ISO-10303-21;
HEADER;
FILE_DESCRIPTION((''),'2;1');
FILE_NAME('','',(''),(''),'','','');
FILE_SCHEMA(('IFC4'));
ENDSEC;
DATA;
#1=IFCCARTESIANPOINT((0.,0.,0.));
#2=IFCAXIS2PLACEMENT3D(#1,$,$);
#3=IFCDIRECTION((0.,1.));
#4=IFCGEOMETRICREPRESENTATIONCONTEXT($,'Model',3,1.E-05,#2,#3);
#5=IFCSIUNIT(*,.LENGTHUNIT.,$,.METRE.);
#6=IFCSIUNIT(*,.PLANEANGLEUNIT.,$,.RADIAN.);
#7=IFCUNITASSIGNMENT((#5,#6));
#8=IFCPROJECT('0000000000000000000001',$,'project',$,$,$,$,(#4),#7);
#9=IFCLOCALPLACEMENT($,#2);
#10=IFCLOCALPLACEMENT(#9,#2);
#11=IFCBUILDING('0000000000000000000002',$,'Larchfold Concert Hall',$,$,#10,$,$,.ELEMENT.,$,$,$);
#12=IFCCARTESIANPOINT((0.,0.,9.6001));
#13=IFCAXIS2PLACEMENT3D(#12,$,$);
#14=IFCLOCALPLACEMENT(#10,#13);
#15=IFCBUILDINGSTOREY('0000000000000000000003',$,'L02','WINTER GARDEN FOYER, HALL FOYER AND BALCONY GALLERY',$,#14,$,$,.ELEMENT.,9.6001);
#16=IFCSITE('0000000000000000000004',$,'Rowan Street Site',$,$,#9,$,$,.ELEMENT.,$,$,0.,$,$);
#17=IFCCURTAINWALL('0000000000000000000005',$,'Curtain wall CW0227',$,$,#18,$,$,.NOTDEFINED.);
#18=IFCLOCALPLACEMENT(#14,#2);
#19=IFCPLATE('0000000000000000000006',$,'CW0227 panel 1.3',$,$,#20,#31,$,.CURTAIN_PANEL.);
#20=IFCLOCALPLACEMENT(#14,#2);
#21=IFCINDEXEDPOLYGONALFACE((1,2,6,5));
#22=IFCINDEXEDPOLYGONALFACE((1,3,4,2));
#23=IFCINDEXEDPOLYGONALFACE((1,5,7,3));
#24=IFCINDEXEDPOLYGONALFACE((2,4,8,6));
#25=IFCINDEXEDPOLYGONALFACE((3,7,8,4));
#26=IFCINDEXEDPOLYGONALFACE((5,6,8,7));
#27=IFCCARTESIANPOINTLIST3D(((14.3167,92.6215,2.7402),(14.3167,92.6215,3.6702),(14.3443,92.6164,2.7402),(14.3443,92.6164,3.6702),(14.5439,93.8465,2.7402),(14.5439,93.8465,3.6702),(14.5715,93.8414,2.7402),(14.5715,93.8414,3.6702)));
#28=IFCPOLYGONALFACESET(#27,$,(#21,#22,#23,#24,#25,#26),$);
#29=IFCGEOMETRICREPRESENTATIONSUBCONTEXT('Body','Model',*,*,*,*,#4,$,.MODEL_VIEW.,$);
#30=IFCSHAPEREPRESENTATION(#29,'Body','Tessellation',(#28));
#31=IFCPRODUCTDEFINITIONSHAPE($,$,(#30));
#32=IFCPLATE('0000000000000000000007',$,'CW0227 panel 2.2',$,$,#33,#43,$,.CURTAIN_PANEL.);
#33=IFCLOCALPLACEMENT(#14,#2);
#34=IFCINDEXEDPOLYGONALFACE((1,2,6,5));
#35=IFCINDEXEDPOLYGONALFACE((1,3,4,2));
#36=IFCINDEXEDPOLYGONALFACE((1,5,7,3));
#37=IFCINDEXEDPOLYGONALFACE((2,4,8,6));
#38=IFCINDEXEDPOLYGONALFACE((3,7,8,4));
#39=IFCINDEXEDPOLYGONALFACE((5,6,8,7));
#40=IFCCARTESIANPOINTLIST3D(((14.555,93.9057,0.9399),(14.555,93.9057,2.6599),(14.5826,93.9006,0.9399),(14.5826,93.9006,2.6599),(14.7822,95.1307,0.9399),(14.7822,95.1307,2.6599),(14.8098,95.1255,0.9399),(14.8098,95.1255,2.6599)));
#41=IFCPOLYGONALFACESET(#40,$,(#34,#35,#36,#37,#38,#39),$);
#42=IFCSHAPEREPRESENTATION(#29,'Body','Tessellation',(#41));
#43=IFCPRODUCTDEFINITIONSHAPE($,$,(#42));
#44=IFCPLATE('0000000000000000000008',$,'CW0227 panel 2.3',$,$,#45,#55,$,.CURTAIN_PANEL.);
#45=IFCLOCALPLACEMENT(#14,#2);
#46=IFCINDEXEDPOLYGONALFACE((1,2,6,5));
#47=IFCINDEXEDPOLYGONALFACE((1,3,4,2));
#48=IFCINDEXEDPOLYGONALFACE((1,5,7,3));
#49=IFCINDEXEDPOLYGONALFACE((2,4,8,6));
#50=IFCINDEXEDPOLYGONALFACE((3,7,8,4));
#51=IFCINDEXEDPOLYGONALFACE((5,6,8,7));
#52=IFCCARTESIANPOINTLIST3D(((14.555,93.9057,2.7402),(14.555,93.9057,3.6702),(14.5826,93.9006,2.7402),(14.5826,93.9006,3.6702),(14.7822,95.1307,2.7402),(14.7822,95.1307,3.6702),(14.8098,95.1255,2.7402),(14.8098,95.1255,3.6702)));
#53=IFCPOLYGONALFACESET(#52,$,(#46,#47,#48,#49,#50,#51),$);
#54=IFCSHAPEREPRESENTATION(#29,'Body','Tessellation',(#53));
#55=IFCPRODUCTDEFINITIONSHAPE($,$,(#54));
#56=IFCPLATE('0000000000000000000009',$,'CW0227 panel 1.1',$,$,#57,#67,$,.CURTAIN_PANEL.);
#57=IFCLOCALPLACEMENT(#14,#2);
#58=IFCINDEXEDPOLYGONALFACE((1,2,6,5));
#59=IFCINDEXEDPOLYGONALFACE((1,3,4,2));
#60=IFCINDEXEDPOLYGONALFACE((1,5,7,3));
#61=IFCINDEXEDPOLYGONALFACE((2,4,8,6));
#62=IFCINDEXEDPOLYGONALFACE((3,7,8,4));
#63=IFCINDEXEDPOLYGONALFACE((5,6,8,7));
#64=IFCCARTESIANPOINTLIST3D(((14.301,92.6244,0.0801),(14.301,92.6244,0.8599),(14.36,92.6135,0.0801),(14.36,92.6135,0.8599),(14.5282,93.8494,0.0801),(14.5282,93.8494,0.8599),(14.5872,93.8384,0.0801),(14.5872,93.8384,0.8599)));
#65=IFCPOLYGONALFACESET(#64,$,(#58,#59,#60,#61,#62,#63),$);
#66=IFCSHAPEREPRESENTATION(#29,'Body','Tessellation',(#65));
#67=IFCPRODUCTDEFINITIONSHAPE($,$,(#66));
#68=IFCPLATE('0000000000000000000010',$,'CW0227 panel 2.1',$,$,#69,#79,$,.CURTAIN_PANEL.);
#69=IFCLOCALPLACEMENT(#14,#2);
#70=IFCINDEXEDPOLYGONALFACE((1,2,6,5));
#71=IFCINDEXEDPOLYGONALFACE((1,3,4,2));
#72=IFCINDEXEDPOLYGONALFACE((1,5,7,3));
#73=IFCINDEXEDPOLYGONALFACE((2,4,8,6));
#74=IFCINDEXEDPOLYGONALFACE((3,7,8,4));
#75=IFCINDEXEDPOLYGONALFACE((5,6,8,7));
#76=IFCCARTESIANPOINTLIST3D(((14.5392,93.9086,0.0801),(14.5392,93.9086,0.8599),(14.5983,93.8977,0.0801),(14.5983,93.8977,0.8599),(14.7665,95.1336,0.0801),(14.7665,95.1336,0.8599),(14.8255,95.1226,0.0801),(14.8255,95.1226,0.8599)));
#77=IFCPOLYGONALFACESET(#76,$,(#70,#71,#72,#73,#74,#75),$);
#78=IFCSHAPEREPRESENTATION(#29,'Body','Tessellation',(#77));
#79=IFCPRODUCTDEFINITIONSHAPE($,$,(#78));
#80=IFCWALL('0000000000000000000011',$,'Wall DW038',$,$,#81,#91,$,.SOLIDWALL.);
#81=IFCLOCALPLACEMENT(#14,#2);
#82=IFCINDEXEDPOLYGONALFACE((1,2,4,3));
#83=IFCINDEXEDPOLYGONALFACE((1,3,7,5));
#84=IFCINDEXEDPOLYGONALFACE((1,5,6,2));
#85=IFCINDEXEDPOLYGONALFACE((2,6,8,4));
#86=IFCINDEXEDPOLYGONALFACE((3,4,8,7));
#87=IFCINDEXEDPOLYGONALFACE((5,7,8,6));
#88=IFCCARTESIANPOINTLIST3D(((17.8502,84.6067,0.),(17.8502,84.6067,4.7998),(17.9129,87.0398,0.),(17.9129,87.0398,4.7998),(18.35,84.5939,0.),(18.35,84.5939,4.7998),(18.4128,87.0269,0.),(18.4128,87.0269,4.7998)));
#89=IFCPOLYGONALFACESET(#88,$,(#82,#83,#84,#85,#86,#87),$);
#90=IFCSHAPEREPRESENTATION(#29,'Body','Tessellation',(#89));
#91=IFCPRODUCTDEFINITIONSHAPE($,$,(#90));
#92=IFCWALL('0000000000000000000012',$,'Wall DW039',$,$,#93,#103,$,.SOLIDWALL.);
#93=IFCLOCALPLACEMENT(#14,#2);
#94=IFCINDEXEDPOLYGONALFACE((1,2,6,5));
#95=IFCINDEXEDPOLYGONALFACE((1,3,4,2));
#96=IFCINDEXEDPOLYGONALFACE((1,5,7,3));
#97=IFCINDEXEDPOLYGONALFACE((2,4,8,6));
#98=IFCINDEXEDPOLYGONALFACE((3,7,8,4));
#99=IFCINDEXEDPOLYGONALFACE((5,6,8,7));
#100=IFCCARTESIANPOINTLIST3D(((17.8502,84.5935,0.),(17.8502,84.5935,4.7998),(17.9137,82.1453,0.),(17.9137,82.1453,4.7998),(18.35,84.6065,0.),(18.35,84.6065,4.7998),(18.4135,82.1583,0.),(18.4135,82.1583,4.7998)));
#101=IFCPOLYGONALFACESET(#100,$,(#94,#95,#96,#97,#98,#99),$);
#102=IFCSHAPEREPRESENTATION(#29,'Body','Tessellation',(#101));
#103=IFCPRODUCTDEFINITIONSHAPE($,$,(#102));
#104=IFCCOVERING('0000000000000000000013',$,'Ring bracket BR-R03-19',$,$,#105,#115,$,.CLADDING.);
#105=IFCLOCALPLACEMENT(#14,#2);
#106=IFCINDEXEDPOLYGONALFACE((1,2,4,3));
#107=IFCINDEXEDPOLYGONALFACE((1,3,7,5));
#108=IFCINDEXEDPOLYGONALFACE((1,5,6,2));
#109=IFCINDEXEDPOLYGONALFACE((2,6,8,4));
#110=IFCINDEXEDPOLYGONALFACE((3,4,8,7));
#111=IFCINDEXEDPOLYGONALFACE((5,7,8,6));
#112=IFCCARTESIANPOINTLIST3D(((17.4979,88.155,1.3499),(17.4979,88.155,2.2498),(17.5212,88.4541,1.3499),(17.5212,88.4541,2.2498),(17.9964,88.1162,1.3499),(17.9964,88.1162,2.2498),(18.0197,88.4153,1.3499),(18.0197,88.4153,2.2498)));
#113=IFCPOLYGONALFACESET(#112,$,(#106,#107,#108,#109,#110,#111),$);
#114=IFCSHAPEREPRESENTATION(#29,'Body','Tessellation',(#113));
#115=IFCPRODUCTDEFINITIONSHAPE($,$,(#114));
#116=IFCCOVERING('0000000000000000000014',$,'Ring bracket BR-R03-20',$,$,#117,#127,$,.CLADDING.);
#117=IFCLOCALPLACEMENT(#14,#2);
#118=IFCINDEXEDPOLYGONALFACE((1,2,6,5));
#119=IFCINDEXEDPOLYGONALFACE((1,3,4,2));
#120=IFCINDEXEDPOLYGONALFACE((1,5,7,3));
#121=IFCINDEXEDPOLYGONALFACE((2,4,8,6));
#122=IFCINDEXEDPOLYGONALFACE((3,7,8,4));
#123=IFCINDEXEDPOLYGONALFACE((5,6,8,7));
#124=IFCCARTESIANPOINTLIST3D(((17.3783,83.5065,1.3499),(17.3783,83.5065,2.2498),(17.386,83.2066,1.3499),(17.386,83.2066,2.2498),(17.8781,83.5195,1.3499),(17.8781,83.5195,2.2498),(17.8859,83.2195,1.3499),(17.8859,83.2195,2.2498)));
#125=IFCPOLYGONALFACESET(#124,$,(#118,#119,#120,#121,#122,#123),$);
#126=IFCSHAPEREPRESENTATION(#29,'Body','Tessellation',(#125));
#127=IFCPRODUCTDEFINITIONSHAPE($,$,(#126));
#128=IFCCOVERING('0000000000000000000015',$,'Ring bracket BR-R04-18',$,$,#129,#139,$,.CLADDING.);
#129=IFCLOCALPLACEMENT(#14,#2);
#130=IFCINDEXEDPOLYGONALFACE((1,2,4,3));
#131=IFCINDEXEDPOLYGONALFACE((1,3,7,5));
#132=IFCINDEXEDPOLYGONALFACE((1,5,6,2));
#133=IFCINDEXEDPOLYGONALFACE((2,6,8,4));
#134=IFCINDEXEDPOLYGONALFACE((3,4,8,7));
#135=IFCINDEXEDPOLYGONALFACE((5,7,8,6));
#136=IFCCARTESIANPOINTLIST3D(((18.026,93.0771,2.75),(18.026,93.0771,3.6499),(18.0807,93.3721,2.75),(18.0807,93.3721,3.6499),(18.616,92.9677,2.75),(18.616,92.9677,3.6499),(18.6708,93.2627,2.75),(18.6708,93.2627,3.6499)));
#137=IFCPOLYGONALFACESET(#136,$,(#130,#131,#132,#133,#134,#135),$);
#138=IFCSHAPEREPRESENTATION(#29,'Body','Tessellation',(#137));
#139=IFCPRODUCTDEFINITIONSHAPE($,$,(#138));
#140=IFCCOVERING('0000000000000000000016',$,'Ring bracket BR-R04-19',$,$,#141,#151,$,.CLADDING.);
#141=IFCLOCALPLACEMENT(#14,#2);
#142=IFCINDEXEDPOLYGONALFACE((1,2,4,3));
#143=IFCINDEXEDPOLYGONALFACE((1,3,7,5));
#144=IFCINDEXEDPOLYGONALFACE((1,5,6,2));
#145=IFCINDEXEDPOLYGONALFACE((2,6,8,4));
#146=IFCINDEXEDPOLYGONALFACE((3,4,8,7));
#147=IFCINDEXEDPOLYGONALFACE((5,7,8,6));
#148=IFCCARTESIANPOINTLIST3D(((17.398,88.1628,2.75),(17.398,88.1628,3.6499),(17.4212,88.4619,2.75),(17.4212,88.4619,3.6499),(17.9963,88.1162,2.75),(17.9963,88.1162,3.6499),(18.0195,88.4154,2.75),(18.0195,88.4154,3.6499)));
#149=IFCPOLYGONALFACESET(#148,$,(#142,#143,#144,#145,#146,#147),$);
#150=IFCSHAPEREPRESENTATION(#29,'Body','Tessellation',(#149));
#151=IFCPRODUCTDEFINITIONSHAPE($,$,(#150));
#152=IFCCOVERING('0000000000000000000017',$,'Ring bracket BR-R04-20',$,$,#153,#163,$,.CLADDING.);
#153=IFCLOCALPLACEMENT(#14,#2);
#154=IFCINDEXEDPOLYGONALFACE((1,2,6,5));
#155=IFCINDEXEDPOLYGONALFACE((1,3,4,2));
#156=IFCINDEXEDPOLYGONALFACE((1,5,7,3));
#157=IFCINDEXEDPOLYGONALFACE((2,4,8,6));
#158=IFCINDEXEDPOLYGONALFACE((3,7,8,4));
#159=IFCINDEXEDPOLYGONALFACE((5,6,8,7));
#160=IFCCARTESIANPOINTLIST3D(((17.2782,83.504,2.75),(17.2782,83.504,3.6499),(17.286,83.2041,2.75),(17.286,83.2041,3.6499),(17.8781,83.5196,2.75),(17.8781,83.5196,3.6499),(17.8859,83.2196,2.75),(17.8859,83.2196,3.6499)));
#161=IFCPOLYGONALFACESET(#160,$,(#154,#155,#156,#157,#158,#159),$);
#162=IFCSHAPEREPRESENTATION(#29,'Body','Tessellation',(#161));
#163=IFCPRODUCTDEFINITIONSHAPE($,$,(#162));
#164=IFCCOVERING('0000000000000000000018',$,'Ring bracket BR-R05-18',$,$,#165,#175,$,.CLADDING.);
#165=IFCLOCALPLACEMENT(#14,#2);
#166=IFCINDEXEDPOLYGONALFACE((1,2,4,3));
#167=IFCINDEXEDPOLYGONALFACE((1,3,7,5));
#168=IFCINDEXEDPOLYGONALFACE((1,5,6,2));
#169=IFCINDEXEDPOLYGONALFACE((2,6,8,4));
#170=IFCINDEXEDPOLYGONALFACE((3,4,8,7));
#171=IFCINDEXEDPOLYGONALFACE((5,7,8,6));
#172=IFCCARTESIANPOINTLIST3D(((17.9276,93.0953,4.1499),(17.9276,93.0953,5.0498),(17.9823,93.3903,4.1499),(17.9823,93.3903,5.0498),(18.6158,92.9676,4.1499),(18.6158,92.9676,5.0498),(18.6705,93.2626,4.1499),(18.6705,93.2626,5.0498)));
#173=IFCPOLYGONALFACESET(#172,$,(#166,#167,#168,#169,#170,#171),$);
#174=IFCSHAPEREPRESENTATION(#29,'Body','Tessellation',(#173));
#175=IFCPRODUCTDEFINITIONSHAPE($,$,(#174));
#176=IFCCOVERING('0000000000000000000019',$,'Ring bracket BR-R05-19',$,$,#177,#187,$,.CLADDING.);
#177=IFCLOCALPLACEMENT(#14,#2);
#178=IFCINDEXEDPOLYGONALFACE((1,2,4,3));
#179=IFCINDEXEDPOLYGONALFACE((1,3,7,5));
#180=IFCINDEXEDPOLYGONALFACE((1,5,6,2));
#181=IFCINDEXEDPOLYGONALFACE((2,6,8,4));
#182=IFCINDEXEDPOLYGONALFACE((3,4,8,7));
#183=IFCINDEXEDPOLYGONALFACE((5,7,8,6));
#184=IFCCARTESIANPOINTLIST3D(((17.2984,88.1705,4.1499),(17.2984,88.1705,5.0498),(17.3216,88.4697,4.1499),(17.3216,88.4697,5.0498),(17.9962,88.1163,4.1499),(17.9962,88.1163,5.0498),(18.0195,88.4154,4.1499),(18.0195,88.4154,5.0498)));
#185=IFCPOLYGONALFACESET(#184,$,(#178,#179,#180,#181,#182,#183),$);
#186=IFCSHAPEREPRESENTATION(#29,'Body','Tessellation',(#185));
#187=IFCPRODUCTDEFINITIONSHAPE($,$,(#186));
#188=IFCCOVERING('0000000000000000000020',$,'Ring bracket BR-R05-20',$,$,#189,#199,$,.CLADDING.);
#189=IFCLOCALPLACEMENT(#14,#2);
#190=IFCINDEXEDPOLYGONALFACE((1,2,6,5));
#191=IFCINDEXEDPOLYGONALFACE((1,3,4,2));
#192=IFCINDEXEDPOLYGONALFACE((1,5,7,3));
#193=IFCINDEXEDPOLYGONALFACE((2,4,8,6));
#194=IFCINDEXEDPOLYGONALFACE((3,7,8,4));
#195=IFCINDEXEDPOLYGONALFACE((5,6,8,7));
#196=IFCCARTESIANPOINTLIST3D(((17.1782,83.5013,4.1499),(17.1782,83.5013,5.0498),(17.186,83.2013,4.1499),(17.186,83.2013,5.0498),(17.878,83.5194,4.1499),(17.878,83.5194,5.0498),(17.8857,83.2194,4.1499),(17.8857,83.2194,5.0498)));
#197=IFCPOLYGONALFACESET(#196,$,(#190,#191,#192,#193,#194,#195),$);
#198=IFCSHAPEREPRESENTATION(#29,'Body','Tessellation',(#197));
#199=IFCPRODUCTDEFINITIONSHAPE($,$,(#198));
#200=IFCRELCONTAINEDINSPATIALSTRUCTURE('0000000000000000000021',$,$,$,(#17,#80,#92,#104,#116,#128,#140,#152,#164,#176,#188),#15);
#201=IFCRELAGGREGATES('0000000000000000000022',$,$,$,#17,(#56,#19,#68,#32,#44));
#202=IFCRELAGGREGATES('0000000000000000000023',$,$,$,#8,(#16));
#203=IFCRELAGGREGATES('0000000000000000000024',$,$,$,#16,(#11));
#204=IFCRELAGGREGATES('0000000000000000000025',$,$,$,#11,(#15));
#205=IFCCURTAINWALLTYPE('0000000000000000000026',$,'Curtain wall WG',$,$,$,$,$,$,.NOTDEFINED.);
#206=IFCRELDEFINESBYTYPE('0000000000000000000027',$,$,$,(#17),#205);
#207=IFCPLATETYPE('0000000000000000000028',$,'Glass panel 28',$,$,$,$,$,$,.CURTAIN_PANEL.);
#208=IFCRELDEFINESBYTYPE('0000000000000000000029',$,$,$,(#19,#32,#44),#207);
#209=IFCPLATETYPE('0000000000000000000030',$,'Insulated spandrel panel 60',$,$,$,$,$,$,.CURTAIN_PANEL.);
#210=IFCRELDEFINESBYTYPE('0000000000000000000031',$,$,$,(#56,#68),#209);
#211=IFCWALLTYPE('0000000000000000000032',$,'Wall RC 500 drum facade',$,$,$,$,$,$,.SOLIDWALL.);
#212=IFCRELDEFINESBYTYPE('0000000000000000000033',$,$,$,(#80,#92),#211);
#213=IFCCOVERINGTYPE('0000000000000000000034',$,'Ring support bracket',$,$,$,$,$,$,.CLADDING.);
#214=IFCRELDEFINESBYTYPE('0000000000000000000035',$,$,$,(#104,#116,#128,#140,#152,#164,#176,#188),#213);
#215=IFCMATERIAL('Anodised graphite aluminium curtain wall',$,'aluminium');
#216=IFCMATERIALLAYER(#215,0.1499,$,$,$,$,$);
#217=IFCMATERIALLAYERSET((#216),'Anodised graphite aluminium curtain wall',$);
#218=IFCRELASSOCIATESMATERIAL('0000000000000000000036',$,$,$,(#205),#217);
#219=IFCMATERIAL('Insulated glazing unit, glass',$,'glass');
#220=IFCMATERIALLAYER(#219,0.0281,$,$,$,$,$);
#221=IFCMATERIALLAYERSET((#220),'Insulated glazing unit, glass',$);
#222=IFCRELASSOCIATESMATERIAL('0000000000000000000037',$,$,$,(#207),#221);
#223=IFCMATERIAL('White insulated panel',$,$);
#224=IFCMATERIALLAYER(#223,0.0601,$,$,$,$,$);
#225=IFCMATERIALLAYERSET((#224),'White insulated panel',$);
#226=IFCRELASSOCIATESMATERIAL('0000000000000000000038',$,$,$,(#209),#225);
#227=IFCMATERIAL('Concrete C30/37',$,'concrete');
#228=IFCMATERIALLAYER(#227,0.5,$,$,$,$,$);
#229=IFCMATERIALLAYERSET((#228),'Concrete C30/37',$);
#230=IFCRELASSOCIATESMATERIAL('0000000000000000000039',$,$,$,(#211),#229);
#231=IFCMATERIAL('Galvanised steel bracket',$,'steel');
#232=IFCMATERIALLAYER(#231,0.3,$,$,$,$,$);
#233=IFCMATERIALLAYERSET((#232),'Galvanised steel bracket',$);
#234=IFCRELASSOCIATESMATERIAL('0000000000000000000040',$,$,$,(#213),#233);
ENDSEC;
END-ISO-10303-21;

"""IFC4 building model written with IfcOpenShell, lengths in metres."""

from ifc_helpers import new_model, si_unit, direction, frame, frame_2d, origin, origin_2d, place, context, subcontext, project, spatial, rectangle, extrude, material, layer, layer_set, type_object, element, aggregate, save


model = new_model("IFC4")

# Units and contexts
model_context = context("Model", 3, precision=1e-05, world=origin(), true_north=direction((0.0, 1.0)))
body_context = subcontext(model_context, "Body", "Model", "MODEL_VIEW")
ifc_project = project(units=[si_unit("LENGTHUNIT", "METRE"), si_unit("PLANEANGLEUNIT", "RADIAN")], contexts=[model_context])

# Site, building, storey
site_placement = place(None, origin())
site = spatial("IfcSite", under=ifc_project, at=site_placement, Name="Rowan Street Site", CompositionType="ELEMENT", RefElevation=0.0)
building_placement = place(site_placement, origin())
building = spatial("IfcBuilding", under=site, at=building_placement, Name="Larchfold Concert Hall", CompositionType="ELEMENT")
storey_placement = place(building_placement, frame((0.0, 0.0, 9.6001)))
storey = spatial("IfcBuildingStorey", under=building, at=storey_placement, Name="L02", Description="WINTER GARDEN FOYER, HALL FOYER AND BALCONY GALLERY", CompositionType="ELEMENT", Elevation=9.6001)

# Curtain wall
ifc_material_1 = material(Name="Anodised graphite aluminium curtain wall", Category="aluminium")
ifc_layer_1 = layer(ifc_material_1, 0.1499)
ifc_layer_set_1 = layer_set([ifc_layer_1], Name="Anodised graphite aluminium curtain wall")
curtain_wall_type = type_object("IfcCurtainWallType", Name="Curtain wall WG", PredefinedType="NOTDEFINED", material=ifc_layer_set_1)
curtain_wall_1_placement = place(storey_placement, origin())
curtain_wall_1 = element("IfcCurtainWall", 1, at=curtain_wall_1_placement, inside=storey, type_object=curtain_wall_type, Name="Curtain wall CW0227", PredefinedType="NOTDEFINED")

# Plates
ifc_material_2 = material(Name="Insulated glazing unit, glass", Category="glass")
ifc_layer_2 = layer(ifc_material_2, 0.0281)
ifc_layer_set_2 = layer_set([ifc_layer_2], Name="Insulated glazing unit, glass")
plate_type_1 = type_object("IfcPlateType", Name="Glass panel 28", PredefinedType="CURTAIN_PANEL", material=ifc_layer_set_2)
plate_1_placement = place(storey_placement, frame((14.4441, 93.2314, 2.7402), z_axis=(0.0, 0.0, 1.0), x_axis=(0.18239, 0.983226, 0.0)))
plate_1 = element("IfcPlate", 2, at=plate_1_placement, type_object=plate_type_1, Name="CW0227 panel 1.3", PredefinedType="CURTAIN_PANEL", context=body_context, shape_type="SweptSolid", body=[
    extrude(rectangle(XDim=1.2458, YDim=0.0281, at=origin_2d()), origin(), (0.0, 0.0, 1.0), 0.9299),
])
plate_2_placement = place(storey_placement, frame((14.6824, 94.5156, 0.9399), z_axis=(0.0, 0.0, 1.0), x_axis=(0.18239, 0.983226, 0.0)))
plate_2 = element("IfcPlate", 3, at=plate_2_placement, type_object=plate_type_1, Name="CW0227 panel 2.2", PredefinedType="CURTAIN_PANEL", context=body_context, shape_type="SweptSolid", body=[
    extrude(rectangle(XDim=1.2458, YDim=0.0281, at=origin_2d()), origin(), (0.0, 0.0, 1.0), 1.72),
])
plate_3_placement = place(storey_placement, frame((14.6824, 94.5156, 2.7402), z_axis=(0.0, 0.0, 1.0), x_axis=(0.18239, 0.983226, 0.0)))
plate_3 = element("IfcPlate", 4, at=plate_3_placement, type_object=plate_type_1, Name="CW0227 panel 2.3", PredefinedType="CURTAIN_PANEL", context=body_context, shape_type="SweptSolid", body=[
    extrude(rectangle(XDim=1.2458, YDim=0.0281, at=origin_2d()), origin(), (0.0, 0.0, 1.0), 0.9299),
])
ifc_material_3 = material(Name="White insulated panel")
ifc_layer_3 = layer(ifc_material_3, 0.0601)
ifc_layer_set_3 = layer_set([ifc_layer_3], Name="White insulated panel")
plate_type_2 = type_object("IfcPlateType", Name="Insulated spandrel panel 60", PredefinedType="CURTAIN_PANEL", material=ifc_layer_set_3)
plate_4_placement = place(storey_placement, frame((14.4441, 93.2314, 0.0801), z_axis=(0.0, 0.0, 1.0), x_axis=(0.18239, 0.983226, 0.0)))
plate_4 = element("IfcPlate", 5, at=plate_4_placement, type_object=plate_type_2, Name="CW0227 panel 1.1", PredefinedType="CURTAIN_PANEL", context=body_context, shape_type="SweptSolid", body=[
    extrude(rectangle(XDim=1.2458, YDim=0.0601, at=origin_2d()), origin(), (0.0, 0.0, 1.0), 0.7798),
])
plate_5_placement = place(storey_placement, frame((14.6824, 94.5156, 0.0801), z_axis=(0.0, 0.0, 1.0), x_axis=(0.18239, 0.983226, 0.0)))
plate_5 = element("IfcPlate", 6, at=plate_5_placement, type_object=plate_type_2, Name="CW0227 panel 2.1", PredefinedType="CURTAIN_PANEL", context=body_context, shape_type="SweptSolid", body=[
    extrude(rectangle(XDim=1.2458, YDim=0.0601, at=origin_2d()), origin(), (0.0, 0.0, 1.0), 0.7798),
])
aggregate(curtain_wall_1, [plate_4, plate_1, plate_5, plate_2, plate_3])

# Walls
ifc_material_4 = material(Name="Concrete C30/37", Category="concrete")
ifc_layer_4 = layer(ifc_material_4, 0.5)
ifc_layer_set_4 = layer_set([ifc_layer_4], Name="Concrete C30/37")
wall_type = type_object("IfcWallType", Name="Wall RC 500 drum facade", PredefinedType="SOLIDWALL", material=ifc_layer_set_4)
wall_1_placement = place(storey_placement, frame((18.1628, 87.0332, 0.0), z_axis=(0.0, 0.0, 1.0), x_axis=(-0.025779, -0.999668, 0.0)))
element("IfcWall", 7, at=wall_1_placement, inside=storey, type_object=wall_type, Name="Wall DW038", PredefinedType="SOLIDWALL", context=body_context, shape_type="SweptSolid", body=[
    extrude(rectangle(XDim=2.4338, YDim=0.5, at=frame_2d((1.2168, 0.0))), origin(), (0.0, 0.0, 1.0), 4.7998),
])
wall_2_placement = place(storey_placement, frame((18.1001, 84.6001, 0.0), z_axis=(0.0, 0.0, 1.0), x_axis=(0.025919, -0.999664, 0.0)))
element("IfcWall", 8, at=wall_2_placement, inside=storey, type_object=wall_type, Name="Wall DW039", PredefinedType="SOLIDWALL", context=body_context, shape_type="SweptSolid", body=[
    extrude(rectangle(XDim=2.449, YDim=0.5, at=frame_2d((1.2246, 0.0))), origin(), (0.0, 0.0, 1.0), 4.7998),
])

# Coverings
ifc_material_5 = material(Name="Galvanised steel bracket", Category="steel")
ifc_layer_5 = layer(ifc_material_5, 0.3)
ifc_layer_set_5 = layer_set([ifc_layer_5], Name="Galvanised steel bracket")
covering_type = type_object("IfcCoveringType", Name="Ring support bracket", PredefinedType="CLADDING", material=ifc_layer_set_5)
for number, where, z_axis, x_axis, name in (
    (9, (17.7588, 88.2852, 1.3499), (0.0, 0.0, 1.0), (-0.99699, 0.077528, 0.0), "Ring bracket BR-R03-19"),
    (10, (17.6321, 83.363, 1.3499), (0.0, 0.0, 1.0), (-0.999665, -0.025882, 0.0), "Ring bracket BR-R03-20"),
):
    element("IfcCovering", number, at=place(storey_placement, frame(where, z_axis=z_axis, x_axis=x_axis)), inside=storey, type_object=covering_type, Name=name, PredefinedType="CLADDING", context=body_context, shape_type="SweptSolid", body=[
        extrude(rectangle(XDim=0.5, YDim=0.3, at=origin_2d()), origin(), (0.0, 0.0, 1.0), 0.8999),
    ])
for number, where, z_axis, x_axis, name in (
    (11, (18.3484, 93.1699, 2.75), (0.0, 0.0, 1.0), (-0.983232, 0.182361, 0.0), "Ring bracket BR-R04-18"),
    (12, (17.7087, 88.2891, 2.75), (0.0, 0.0, 1.0), (-0.99699, 0.077528, 0.0), "Ring bracket BR-R04-19"),
    (13, (17.582, 83.3618, 2.75), (0.0, 0.0, 1.0), (-0.999665, -0.025882, 0.0), "Ring bracket BR-R04-20"),
):
    element("IfcCovering", number, at=place(storey_placement, frame(where, z_axis=z_axis, x_axis=x_axis)), inside=storey, type_object=covering_type, Name=name, PredefinedType="CLADDING", context=body_context, shape_type="SweptSolid", body=[
        extrude(rectangle(XDim=0.6001, YDim=0.3, at=origin_2d()), origin(), (0.0, 0.0, 1.0), 0.8999),
    ])
for number, where, z_axis, x_axis, name in (
    (14, (18.2991, 93.179, 4.1499), (0.0, 0.0, 1.0), (-0.983232, 0.182361, 0.0), "Ring bracket BR-R05-18"),
    (15, (17.6589, 88.293, 4.1499), (0.0, 0.0, 1.0), (-0.99699, 0.077528, 0.0), "Ring bracket BR-R05-19"),
    (16, (17.532, 83.3604, 4.1499), (0.0, 0.0, 1.0), (-0.999665, -0.025882, 0.0), "Ring bracket BR-R05-20"),
):
    element("IfcCovering", number, at=place(storey_placement, frame(where, z_axis=z_axis, x_axis=x_axis)), inside=storey, type_object=covering_type, Name=name, PredefinedType="CLADDING", context=body_context, shape_type="SweptSolid", body=[
        extrude(rectangle(XDim=0.7, YDim=0.3, at=origin_2d()), origin(), (0.0, 0.0, 1.0), 0.8999),
    ])

save(model, "model.ifc")
